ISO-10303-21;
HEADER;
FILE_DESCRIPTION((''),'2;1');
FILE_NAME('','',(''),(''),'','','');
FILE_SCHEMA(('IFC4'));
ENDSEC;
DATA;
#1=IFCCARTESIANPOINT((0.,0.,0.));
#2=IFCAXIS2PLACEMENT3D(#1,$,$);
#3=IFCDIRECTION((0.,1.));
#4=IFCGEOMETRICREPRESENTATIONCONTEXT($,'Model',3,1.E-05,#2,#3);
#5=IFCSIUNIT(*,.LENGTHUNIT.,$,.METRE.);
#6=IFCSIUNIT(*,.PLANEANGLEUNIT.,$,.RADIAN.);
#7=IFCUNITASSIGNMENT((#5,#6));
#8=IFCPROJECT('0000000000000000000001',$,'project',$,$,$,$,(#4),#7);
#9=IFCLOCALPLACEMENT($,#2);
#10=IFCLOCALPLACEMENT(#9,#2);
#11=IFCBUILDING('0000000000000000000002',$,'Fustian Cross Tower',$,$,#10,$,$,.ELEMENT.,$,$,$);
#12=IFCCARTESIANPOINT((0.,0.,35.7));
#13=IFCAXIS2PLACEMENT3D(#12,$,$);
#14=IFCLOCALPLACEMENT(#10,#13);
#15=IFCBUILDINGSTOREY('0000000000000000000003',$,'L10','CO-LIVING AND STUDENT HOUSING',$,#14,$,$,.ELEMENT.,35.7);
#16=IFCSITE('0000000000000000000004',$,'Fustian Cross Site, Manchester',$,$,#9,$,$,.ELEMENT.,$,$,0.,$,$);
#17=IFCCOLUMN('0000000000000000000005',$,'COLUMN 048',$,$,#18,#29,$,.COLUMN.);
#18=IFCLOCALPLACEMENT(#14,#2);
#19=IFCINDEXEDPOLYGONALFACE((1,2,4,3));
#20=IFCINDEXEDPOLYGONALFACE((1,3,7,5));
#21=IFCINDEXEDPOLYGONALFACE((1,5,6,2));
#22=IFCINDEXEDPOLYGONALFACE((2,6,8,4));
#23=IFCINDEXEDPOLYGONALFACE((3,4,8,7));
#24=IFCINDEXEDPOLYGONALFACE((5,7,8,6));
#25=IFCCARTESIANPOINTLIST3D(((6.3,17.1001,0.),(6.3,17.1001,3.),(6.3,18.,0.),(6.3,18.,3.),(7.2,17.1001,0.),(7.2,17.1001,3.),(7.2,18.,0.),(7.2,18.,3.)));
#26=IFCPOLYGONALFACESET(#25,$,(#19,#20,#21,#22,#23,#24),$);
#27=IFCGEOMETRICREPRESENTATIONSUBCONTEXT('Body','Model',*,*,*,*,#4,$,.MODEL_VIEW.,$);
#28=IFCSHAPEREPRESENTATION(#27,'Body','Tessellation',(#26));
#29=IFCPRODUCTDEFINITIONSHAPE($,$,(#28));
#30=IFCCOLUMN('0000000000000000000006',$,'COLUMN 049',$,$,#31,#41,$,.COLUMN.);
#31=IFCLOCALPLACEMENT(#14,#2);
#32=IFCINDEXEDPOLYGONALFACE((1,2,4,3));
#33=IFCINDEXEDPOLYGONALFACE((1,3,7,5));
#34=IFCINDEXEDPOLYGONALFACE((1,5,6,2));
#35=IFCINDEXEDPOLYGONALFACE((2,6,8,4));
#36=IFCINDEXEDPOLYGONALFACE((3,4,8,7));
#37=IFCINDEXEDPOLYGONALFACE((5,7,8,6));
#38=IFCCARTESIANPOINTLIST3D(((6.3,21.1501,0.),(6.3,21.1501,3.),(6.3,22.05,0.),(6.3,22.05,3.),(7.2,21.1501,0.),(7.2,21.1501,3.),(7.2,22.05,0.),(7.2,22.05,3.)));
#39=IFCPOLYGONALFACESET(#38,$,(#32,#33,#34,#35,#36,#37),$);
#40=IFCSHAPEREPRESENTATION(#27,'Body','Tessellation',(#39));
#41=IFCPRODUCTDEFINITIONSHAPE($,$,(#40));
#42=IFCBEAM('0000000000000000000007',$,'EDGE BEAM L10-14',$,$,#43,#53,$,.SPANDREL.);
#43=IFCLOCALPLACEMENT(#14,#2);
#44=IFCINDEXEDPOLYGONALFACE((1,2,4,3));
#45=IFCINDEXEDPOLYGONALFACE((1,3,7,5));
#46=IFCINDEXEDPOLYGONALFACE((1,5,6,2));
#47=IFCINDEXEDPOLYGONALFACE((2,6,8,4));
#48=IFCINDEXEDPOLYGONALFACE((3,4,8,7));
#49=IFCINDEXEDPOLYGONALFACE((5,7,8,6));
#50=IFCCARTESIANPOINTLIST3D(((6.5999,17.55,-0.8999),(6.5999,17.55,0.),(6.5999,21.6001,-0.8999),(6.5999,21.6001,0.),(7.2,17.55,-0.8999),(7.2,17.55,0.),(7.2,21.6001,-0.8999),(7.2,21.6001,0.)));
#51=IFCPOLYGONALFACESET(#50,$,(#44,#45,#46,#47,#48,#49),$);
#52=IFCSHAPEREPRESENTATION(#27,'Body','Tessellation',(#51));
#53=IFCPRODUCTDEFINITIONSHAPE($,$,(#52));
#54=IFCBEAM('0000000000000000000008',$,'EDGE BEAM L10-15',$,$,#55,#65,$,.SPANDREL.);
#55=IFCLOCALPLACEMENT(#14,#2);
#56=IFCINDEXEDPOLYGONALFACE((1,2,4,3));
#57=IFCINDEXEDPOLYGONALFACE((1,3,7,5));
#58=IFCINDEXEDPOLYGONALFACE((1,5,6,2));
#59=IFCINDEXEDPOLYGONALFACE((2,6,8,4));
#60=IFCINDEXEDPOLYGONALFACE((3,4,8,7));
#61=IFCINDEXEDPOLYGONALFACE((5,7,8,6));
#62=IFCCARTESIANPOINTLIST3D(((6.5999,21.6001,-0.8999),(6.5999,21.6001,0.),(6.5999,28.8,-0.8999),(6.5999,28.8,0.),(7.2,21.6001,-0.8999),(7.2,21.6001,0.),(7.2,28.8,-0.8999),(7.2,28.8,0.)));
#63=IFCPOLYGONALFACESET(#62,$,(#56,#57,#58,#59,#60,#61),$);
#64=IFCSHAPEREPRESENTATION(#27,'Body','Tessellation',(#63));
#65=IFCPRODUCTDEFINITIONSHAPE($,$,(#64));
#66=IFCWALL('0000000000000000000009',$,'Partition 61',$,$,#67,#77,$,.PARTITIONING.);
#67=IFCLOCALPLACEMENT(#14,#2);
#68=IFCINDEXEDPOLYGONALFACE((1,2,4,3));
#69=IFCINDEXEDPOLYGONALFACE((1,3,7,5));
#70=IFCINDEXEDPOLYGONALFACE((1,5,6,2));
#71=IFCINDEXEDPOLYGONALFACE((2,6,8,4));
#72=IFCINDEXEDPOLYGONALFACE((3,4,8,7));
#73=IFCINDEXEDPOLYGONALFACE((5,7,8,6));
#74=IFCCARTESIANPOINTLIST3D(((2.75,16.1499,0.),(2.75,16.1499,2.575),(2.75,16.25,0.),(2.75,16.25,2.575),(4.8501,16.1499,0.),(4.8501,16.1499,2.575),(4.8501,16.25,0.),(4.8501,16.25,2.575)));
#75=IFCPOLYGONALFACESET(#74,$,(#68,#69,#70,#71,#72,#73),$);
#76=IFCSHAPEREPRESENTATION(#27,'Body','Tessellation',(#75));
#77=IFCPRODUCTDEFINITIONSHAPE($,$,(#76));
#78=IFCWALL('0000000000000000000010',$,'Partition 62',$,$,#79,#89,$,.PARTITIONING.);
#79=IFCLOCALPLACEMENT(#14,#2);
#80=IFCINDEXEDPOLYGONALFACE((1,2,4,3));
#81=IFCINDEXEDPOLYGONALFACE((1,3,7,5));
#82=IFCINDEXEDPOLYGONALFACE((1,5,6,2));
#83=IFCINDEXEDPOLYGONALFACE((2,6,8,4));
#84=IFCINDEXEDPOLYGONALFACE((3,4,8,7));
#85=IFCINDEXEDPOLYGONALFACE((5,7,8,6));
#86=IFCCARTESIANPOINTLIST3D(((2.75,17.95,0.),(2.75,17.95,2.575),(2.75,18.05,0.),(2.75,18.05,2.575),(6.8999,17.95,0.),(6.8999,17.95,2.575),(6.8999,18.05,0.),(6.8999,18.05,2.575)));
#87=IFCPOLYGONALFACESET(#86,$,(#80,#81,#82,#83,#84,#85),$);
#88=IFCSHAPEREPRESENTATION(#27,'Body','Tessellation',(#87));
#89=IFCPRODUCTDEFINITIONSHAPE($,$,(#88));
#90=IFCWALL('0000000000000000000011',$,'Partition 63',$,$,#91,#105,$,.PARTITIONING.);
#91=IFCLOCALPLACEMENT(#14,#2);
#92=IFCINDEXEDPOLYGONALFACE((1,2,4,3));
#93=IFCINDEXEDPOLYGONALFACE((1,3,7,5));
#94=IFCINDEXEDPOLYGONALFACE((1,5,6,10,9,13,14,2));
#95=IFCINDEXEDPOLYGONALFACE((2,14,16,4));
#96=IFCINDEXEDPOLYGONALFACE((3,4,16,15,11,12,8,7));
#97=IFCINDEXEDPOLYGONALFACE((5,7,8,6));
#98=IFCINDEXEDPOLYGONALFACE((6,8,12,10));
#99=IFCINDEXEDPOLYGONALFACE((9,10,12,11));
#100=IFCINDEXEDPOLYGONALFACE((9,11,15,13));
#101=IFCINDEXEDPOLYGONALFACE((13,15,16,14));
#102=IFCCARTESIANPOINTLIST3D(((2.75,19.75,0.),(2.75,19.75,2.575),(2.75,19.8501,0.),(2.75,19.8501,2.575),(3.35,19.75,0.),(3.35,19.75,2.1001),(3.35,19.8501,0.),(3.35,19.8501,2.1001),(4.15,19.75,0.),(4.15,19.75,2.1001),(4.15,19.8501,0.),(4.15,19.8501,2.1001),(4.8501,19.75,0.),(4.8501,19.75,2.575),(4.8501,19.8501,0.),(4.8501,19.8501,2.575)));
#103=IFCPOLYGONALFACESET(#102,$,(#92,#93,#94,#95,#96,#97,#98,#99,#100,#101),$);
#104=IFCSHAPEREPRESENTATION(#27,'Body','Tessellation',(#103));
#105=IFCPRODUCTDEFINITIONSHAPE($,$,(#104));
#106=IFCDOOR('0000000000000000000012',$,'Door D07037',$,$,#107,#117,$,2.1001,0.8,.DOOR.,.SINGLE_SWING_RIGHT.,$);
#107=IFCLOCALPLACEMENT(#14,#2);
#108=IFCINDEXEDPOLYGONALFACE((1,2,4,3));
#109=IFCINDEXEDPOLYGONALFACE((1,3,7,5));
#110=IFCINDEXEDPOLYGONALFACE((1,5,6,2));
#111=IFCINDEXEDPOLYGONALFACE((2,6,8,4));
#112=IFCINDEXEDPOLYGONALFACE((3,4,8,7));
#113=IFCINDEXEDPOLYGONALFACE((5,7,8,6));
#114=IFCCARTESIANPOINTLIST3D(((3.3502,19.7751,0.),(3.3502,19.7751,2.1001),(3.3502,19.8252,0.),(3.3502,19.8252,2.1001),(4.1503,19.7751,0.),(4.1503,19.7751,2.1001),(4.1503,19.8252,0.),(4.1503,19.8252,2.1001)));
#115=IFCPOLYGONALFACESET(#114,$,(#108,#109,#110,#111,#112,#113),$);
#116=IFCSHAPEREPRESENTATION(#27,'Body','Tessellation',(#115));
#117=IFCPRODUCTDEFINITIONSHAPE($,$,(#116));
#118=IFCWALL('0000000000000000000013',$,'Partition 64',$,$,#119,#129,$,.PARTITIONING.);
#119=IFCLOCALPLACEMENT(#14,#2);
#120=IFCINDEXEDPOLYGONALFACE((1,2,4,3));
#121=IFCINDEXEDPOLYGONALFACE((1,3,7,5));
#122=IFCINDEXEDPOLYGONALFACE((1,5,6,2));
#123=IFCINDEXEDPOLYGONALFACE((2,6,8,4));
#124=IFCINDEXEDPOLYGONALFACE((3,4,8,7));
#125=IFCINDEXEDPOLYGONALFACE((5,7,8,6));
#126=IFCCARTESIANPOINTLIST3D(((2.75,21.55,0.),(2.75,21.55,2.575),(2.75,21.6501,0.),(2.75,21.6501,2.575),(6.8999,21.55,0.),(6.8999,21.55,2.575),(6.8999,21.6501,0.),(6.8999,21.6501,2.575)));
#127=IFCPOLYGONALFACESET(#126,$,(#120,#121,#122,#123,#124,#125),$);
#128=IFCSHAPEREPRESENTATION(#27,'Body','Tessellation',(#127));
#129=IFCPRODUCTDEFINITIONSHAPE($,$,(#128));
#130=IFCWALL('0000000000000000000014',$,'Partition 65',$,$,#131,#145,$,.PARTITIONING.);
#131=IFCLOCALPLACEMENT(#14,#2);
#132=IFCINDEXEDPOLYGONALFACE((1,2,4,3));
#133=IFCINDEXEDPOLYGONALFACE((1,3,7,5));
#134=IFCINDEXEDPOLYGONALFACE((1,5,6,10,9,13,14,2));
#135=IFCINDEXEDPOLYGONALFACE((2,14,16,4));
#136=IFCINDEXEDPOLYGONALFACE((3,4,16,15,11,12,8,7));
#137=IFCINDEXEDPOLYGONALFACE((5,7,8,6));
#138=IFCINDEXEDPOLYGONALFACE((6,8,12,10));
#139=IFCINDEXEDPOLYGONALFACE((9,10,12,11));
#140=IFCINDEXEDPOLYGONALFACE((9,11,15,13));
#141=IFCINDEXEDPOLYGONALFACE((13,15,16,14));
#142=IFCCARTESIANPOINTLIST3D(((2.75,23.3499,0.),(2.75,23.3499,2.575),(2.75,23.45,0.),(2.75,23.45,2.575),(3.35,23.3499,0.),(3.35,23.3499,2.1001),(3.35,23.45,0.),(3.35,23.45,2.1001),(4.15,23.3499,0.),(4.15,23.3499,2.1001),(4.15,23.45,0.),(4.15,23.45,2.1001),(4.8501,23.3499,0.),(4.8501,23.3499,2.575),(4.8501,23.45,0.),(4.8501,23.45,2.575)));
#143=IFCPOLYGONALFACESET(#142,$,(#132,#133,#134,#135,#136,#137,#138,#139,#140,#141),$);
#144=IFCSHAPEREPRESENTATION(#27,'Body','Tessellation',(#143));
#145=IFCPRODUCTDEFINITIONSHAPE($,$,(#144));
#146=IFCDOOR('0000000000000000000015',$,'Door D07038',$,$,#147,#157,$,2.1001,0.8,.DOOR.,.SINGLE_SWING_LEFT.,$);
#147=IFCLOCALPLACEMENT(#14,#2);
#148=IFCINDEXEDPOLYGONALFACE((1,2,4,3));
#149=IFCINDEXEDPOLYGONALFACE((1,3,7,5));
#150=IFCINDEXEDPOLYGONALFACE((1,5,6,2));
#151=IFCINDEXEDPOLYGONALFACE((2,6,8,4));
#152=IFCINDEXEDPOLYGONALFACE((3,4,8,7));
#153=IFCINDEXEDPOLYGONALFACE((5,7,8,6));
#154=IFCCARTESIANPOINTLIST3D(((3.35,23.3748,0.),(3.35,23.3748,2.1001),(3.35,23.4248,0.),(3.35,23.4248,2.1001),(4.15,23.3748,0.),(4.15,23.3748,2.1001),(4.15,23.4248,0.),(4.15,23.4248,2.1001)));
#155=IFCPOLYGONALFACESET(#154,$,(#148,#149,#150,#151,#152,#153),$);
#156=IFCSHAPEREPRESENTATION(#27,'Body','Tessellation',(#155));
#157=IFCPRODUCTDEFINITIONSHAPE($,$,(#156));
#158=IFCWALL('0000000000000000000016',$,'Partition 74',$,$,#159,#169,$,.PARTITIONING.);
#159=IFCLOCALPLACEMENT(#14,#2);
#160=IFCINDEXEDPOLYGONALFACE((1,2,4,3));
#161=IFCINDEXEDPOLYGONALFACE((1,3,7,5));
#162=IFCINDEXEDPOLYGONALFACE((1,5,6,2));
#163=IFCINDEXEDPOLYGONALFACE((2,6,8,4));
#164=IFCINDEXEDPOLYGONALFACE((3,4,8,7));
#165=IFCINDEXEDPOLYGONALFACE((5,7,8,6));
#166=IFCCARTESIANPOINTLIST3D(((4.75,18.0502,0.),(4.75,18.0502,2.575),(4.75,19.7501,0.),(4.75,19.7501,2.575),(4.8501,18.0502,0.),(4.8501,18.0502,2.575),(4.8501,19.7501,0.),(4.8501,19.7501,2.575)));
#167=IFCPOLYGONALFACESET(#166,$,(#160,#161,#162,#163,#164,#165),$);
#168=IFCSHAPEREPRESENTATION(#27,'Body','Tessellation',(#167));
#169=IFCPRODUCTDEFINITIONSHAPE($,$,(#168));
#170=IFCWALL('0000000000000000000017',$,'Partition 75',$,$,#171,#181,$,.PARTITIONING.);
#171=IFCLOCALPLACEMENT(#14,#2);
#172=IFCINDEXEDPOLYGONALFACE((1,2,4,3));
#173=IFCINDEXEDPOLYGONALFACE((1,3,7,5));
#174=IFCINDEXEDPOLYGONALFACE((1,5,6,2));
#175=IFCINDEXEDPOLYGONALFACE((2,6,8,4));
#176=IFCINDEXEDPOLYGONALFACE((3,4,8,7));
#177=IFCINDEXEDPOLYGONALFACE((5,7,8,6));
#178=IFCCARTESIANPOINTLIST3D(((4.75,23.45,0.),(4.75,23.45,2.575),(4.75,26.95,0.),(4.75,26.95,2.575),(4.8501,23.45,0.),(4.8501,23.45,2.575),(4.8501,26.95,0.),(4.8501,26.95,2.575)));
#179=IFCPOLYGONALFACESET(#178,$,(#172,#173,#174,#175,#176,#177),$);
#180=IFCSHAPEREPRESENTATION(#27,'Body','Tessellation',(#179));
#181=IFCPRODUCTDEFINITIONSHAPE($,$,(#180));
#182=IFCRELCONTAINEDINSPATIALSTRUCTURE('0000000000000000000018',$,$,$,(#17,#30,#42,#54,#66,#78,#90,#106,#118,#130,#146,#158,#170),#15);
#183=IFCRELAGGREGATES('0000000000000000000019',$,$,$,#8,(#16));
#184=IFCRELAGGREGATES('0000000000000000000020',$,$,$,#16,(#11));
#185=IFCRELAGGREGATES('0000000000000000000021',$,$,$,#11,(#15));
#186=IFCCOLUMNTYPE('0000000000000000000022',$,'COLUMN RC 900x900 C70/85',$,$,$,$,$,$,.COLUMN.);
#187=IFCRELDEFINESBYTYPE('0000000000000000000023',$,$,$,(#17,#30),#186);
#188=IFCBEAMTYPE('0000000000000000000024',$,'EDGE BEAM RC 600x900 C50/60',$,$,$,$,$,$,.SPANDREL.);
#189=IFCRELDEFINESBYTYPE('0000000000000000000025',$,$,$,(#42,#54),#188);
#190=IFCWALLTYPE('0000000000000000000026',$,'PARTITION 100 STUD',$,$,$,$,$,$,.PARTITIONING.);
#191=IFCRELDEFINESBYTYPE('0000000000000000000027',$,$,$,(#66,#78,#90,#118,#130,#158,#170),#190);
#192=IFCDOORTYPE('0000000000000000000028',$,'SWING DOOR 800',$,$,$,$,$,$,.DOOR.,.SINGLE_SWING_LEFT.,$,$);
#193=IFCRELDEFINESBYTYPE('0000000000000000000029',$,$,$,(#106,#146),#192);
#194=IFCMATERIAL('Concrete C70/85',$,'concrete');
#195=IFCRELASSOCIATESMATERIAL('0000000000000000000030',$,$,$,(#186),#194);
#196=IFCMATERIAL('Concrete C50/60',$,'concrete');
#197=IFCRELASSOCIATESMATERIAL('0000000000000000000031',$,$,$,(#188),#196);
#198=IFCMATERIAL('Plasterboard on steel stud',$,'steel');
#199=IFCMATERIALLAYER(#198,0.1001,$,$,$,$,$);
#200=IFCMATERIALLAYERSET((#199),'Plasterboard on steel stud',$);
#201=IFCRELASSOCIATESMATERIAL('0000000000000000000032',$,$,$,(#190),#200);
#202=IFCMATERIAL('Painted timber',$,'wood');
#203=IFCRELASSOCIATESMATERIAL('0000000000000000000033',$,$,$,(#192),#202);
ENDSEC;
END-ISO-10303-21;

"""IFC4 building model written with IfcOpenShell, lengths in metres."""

from ifc_helpers import new_model, si_unit, direction, frame, frame_2d, origin, origin_2d, place, context, subcontext, project, spatial, rectangle, extrude, material, layer, layer_set, material_profile, profile_set, type_object, element, fill, save


model = new_model("IFC4")

# Units and contexts
model_context = context("Model", 3, precision=1e-05, world=origin(), true_north=direction((0.0, 1.0)))
body_context = subcontext(model_context, "Body", "Model", "MODEL_VIEW")
ifc_project = project(units=[si_unit("LENGTHUNIT", "METRE"), si_unit("PLANEANGLEUNIT", "RADIAN")], contexts=[model_context])

# Site, building, storey
site_placement = place(None, origin())
site = spatial("IfcSite", under=ifc_project, at=site_placement, Name="Fustian Cross Site, Manchester", CompositionType="ELEMENT", RefElevation=0.0)
building_placement = place(site_placement, origin())
building = spatial("IfcBuilding", under=site, at=building_placement, Name="Fustian Cross Tower", CompositionType="ELEMENT")
storey_placement = place(building_placement, frame((0.0, 0.0, 35.7)))
storey = spatial("IfcBuildingStorey", under=building, at=storey_placement, Name="L10", Description="CO-LIVING AND STUDENT HOUSING", CompositionType="ELEMENT", Elevation=35.7)

# Columns
ifc_material_1 = material(Name="Concrete C70/85", Category="concrete")
ifc_material_profile_1 = material_profile(ifc_material_1, rectangle(XDim=0.8999, YDim=0.8999, at=origin_2d()), Name="RC 900x900")
ifc_profile_set_1 = profile_set([ifc_material_profile_1], Name="Concrete C70/85")
column_type = type_object("IfcColumnType", Name="COLUMN RC 900x900 C70/85", PredefinedType="COLUMN", material=ifc_profile_set_1)
for number, where, z_axis, x_axis, name in (
    (1, (6.75, 17.55, 0.0), (0.0, 0.0, 1.0), (1.0, 0.0, 0.0), "COLUMN 048"),
    (2, (6.75, 21.6001, 0.0), (0.0, 0.0, 1.0), (1.0, 0.0, 0.0), "COLUMN 049"),
):
    element("IfcColumn", number, at=place(storey_placement, frame(where, z_axis=z_axis, x_axis=x_axis)), inside=storey, type_object=column_type, Name=name, PredefinedType="COLUMN", context=body_context, shape_type="SweptSolid", body=[
        extrude(rectangle(XDim=0.8999, YDim=0.8999, at=origin_2d()), origin(), (0.0, 0.0, 1.0), 3.0),
    ])

# Beams
ifc_material_2 = material(Name="Concrete C50/60", Category="concrete")
ifc_material_profile_2 = material_profile(ifc_material_2, rectangle(XDim=0.6001, YDim=0.8999, at=origin_2d()), Name="RC 600x900")
ifc_profile_set_2 = profile_set([ifc_material_profile_2], Name="Concrete C50/60")
beam_type = type_object("IfcBeamType", Name="EDGE BEAM RC 600x900 C50/60", PredefinedType="SPANDREL", material=ifc_profile_set_2)
beam_1_placement = place(storey_placement, frame((6.8999, 17.55, -0.45), z_axis=(0.0, 1.0, 0.0), x_axis=(-1.0, 0.0, 0.0)))
element("IfcBeam", 3, at=beam_1_placement, inside=storey, type_object=beam_type, Name="EDGE BEAM L10-14", PredefinedType="SPANDREL", context=body_context, shape_type="SweptSolid", body=[
    extrude(rectangle(XDim=0.6001, YDim=0.8999, at=origin_2d()), origin(), (0.0, 0.0, 1.0), 4.05),
])
beam_2_placement = place(storey_placement, frame((6.8999, 21.6001, -0.45), z_axis=(0.0, 1.0, 0.0), x_axis=(-1.0, 0.0, 0.0)))
element("IfcBeam", 4, at=beam_2_placement, inside=storey, type_object=beam_type, Name="EDGE BEAM L10-15", PredefinedType="SPANDREL", context=body_context, shape_type="SweptSolid", body=[
    extrude(rectangle(XDim=0.6001, YDim=0.8999, at=origin_2d()), origin(), (0.0, 0.0, 1.0), 7.2),
])

# Walls
ifc_material_3 = material(Name="Plasterboard on steel stud", Category="steel")
ifc_layer_1 = layer(ifc_material_3, 0.1001)
ifc_layer_set_1 = layer_set([ifc_layer_1], Name="Plasterboard on steel stud")
wall_type_1 = type_object("IfcWallType", Name="PARTITION 100 STUD", PredefinedType="PARTITIONING", material=ifc_layer_set_1)
wall_1_placement = place(storey_placement, frame((2.75, 16.2, 0.0), z_axis=(0.0, 0.0, 1.0), x_axis=(1.0, 0.0, 0.0)))
element("IfcWall", 5, at=wall_1_placement, inside=storey, type_object=wall_type_1, Name="Partition 61", PredefinedType="PARTITIONING", context=body_context, shape_type="SweptSolid", body=[
    extrude(rectangle(XDim=2.1001, YDim=0.1001, at=frame_2d((1.05, 0.0))), origin(), (0.0, 0.0, 1.0), 2.575),
])
wall_2_placement = place(storey_placement, frame((2.75, 18.0, 0.0), z_axis=(0.0, 0.0, 1.0), x_axis=(1.0, 0.0, 0.0)))
element("IfcWall", 6, at=wall_2_placement, inside=storey, type_object=wall_type_1, Name="Partition 62", PredefinedType="PARTITIONING", context=body_context, shape_type="SweptSolid", body=[
    extrude(rectangle(XDim=4.1499, YDim=0.1001, at=frame_2d((2.075, 0.0))), origin(), (0.0, 0.0, 1.0), 2.575),
])

# Wall, opening, door
wall_3_placement = place(storey_placement, frame((2.75, 19.8, 0.0), z_axis=(0.0, 0.0, 1.0), x_axis=(1.0, 0.0, 0.0)))
wall_3 = element("IfcWall", 7, at=wall_3_placement, inside=storey, type_object=wall_type_1, Name="Partition 63", PredefinedType="PARTITIONING", context=body_context, shape_type="SweptSolid", body=[
    extrude(rectangle(XDim=2.1001, YDim=0.1001, at=frame_2d((1.05, 0.0))), origin(), (0.0, 0.0, 1.0), 2.575),
])
opening_1_placement = place(wall_3_placement, frame((0.6001, 0.0, 0.0)))
opening_1 = element("IfcOpeningElement", 8, at=opening_1_placement, cuts=wall_3, PredefinedType="OPENING", context=body_context, shape_type="SweptSolid", body=[
    extrude(rectangle(XDim=0.8, YDim=2.1001, at=frame_2d((0.3999, 1.05))), frame((0.0, 0.0601, 0.0), z_axis=(0.0, -1.0, 0.0), x_axis=(1.0, 0.0, 0.0)), (0.0, 0.0, 1.0), 0.1201),
])
ifc_material_4 = material(Name="Painted timber", Category="wood")
door_type = type_object("IfcDoorType", Name="SWING DOOR 800", OperationType="SINGLE_SWING_LEFT", PredefinedType="DOOR", material=ifc_material_4)
door_1_placement = place(opening_1_placement, frame((0.8, 0.0, 0.0), z_axis=(0.0, 0.0, 1.0), x_axis=(-1.0, 0.0, 0.0)))
door_1 = element("IfcDoor", 9, at=door_1_placement, inside=storey, type_object=door_type, Name="Door D07037", OperationType="SINGLE_SWING_RIGHT", OverallHeight=2.1001, OverallWidth=0.8, PredefinedType="DOOR", context=body_context, shape_type="SweptSolid", body=[
    extrude(rectangle(XDim=0.8, YDim=2.1001, at=frame_2d((0.3999, 1.05))), frame((0.0, 0.0249, 0.0), z_axis=(0.0, -1.0, 0.0), x_axis=(1.0, 0.0, 0.0)), (0.0, 0.0, 1.0), 0.05),
])
fill(opening_1, door_1)

# Wall
wall_4_placement = place(storey_placement, frame((2.75, 21.6001, 0.0), z_axis=(0.0, 0.0, 1.0), x_axis=(1.0, 0.0, 0.0)))
element("IfcWall", 10, at=wall_4_placement, inside=storey, type_object=wall_type_1, Name="Partition 64", PredefinedType="PARTITIONING", context=body_context, shape_type="SweptSolid", body=[
    extrude(rectangle(XDim=4.1499, YDim=0.1001, at=frame_2d((2.075, 0.0))), origin(), (0.0, 0.0, 1.0), 2.575),
])

# Wall, opening, door
wall_5_placement = place(storey_placement, frame((2.75, 23.3999, 0.0), z_axis=(0.0, 0.0, 1.0), x_axis=(1.0, 0.0, 0.0)))
wall_5 = element("IfcWall", 11, at=wall_5_placement, inside=storey, type_object=wall_type_1, Name="Partition 65", PredefinedType="PARTITIONING", context=body_context, shape_type="SweptSolid", body=[
    extrude(rectangle(XDim=2.1001, YDim=0.1001, at=frame_2d((1.05, 0.0))), origin(), (0.0, 0.0, 1.0), 2.575),
])
opening_2_placement = place(wall_5_placement, frame((0.6001, 0.0, 0.0)))
opening_2 = element("IfcOpeningElement", 12, at=opening_2_placement, cuts=wall_5, PredefinedType="OPENING", context=body_context, shape_type="SweptSolid", body=[
    extrude(rectangle(XDim=0.8, YDim=2.1001, at=frame_2d((0.3999, 1.05))), frame((0.0, 0.0601, 0.0), z_axis=(0.0, -1.0, 0.0), x_axis=(1.0, 0.0, 0.0)), (0.0, 0.0, 1.0), 0.1201),
])
door_2_placement = place(opening_2_placement, origin())
door_2 = element("IfcDoor", 13, at=door_2_placement, inside=storey, type_object=door_type, Name="Door D07038", OperationType="SINGLE_SWING_LEFT", OverallHeight=2.1001, OverallWidth=0.8, PredefinedType="DOOR", context=body_context, shape_type="SweptSolid", body=[
    extrude(rectangle(XDim=0.8, YDim=2.1001, at=frame_2d((0.3999, 1.05))), frame((0.0, 0.0249, 0.0), z_axis=(0.0, -1.0, 0.0), x_axis=(1.0, 0.0, 0.0)), (0.0, 0.0, 1.0), 0.05),
])
fill(opening_2, door_2)

# Walls
wall_6_placement = place(storey_placement, frame((4.8, 18.05, 0.0), z_axis=(0.0, 0.0, 1.0), x_axis=(0.0, 1.0, 0.0)))
element("IfcWall", 14, at=wall_6_placement, inside=storey, type_object=wall_type_1, Name="Partition 74", PredefinedType="PARTITIONING", context=body_context, shape_type="SweptSolid", body=[
    extrude(rectangle(XDim=1.7, YDim=0.1001, at=frame_2d((0.8501, 0.0))), origin(), (0.0, 0.0, 1.0), 2.575),
])
wall_7_placement = place(storey_placement, frame((4.8, 23.45, 0.0), z_axis=(0.0, 0.0, 1.0), x_axis=(0.0, 1.0, 0.0)))
element("IfcWall", 15, at=wall_7_placement, inside=storey, type_object=wall_type_1, Name="Partition 75", PredefinedType="PARTITIONING", context=body_context, shape_type="SweptSolid", body=[
    extrude(rectangle(XDim=3.5, YDim=0.1001, at=frame_2d((1.75, 0.0))), origin(), (0.0, 0.0, 1.0), 2.575),
])

save(model, "model.ifc")
